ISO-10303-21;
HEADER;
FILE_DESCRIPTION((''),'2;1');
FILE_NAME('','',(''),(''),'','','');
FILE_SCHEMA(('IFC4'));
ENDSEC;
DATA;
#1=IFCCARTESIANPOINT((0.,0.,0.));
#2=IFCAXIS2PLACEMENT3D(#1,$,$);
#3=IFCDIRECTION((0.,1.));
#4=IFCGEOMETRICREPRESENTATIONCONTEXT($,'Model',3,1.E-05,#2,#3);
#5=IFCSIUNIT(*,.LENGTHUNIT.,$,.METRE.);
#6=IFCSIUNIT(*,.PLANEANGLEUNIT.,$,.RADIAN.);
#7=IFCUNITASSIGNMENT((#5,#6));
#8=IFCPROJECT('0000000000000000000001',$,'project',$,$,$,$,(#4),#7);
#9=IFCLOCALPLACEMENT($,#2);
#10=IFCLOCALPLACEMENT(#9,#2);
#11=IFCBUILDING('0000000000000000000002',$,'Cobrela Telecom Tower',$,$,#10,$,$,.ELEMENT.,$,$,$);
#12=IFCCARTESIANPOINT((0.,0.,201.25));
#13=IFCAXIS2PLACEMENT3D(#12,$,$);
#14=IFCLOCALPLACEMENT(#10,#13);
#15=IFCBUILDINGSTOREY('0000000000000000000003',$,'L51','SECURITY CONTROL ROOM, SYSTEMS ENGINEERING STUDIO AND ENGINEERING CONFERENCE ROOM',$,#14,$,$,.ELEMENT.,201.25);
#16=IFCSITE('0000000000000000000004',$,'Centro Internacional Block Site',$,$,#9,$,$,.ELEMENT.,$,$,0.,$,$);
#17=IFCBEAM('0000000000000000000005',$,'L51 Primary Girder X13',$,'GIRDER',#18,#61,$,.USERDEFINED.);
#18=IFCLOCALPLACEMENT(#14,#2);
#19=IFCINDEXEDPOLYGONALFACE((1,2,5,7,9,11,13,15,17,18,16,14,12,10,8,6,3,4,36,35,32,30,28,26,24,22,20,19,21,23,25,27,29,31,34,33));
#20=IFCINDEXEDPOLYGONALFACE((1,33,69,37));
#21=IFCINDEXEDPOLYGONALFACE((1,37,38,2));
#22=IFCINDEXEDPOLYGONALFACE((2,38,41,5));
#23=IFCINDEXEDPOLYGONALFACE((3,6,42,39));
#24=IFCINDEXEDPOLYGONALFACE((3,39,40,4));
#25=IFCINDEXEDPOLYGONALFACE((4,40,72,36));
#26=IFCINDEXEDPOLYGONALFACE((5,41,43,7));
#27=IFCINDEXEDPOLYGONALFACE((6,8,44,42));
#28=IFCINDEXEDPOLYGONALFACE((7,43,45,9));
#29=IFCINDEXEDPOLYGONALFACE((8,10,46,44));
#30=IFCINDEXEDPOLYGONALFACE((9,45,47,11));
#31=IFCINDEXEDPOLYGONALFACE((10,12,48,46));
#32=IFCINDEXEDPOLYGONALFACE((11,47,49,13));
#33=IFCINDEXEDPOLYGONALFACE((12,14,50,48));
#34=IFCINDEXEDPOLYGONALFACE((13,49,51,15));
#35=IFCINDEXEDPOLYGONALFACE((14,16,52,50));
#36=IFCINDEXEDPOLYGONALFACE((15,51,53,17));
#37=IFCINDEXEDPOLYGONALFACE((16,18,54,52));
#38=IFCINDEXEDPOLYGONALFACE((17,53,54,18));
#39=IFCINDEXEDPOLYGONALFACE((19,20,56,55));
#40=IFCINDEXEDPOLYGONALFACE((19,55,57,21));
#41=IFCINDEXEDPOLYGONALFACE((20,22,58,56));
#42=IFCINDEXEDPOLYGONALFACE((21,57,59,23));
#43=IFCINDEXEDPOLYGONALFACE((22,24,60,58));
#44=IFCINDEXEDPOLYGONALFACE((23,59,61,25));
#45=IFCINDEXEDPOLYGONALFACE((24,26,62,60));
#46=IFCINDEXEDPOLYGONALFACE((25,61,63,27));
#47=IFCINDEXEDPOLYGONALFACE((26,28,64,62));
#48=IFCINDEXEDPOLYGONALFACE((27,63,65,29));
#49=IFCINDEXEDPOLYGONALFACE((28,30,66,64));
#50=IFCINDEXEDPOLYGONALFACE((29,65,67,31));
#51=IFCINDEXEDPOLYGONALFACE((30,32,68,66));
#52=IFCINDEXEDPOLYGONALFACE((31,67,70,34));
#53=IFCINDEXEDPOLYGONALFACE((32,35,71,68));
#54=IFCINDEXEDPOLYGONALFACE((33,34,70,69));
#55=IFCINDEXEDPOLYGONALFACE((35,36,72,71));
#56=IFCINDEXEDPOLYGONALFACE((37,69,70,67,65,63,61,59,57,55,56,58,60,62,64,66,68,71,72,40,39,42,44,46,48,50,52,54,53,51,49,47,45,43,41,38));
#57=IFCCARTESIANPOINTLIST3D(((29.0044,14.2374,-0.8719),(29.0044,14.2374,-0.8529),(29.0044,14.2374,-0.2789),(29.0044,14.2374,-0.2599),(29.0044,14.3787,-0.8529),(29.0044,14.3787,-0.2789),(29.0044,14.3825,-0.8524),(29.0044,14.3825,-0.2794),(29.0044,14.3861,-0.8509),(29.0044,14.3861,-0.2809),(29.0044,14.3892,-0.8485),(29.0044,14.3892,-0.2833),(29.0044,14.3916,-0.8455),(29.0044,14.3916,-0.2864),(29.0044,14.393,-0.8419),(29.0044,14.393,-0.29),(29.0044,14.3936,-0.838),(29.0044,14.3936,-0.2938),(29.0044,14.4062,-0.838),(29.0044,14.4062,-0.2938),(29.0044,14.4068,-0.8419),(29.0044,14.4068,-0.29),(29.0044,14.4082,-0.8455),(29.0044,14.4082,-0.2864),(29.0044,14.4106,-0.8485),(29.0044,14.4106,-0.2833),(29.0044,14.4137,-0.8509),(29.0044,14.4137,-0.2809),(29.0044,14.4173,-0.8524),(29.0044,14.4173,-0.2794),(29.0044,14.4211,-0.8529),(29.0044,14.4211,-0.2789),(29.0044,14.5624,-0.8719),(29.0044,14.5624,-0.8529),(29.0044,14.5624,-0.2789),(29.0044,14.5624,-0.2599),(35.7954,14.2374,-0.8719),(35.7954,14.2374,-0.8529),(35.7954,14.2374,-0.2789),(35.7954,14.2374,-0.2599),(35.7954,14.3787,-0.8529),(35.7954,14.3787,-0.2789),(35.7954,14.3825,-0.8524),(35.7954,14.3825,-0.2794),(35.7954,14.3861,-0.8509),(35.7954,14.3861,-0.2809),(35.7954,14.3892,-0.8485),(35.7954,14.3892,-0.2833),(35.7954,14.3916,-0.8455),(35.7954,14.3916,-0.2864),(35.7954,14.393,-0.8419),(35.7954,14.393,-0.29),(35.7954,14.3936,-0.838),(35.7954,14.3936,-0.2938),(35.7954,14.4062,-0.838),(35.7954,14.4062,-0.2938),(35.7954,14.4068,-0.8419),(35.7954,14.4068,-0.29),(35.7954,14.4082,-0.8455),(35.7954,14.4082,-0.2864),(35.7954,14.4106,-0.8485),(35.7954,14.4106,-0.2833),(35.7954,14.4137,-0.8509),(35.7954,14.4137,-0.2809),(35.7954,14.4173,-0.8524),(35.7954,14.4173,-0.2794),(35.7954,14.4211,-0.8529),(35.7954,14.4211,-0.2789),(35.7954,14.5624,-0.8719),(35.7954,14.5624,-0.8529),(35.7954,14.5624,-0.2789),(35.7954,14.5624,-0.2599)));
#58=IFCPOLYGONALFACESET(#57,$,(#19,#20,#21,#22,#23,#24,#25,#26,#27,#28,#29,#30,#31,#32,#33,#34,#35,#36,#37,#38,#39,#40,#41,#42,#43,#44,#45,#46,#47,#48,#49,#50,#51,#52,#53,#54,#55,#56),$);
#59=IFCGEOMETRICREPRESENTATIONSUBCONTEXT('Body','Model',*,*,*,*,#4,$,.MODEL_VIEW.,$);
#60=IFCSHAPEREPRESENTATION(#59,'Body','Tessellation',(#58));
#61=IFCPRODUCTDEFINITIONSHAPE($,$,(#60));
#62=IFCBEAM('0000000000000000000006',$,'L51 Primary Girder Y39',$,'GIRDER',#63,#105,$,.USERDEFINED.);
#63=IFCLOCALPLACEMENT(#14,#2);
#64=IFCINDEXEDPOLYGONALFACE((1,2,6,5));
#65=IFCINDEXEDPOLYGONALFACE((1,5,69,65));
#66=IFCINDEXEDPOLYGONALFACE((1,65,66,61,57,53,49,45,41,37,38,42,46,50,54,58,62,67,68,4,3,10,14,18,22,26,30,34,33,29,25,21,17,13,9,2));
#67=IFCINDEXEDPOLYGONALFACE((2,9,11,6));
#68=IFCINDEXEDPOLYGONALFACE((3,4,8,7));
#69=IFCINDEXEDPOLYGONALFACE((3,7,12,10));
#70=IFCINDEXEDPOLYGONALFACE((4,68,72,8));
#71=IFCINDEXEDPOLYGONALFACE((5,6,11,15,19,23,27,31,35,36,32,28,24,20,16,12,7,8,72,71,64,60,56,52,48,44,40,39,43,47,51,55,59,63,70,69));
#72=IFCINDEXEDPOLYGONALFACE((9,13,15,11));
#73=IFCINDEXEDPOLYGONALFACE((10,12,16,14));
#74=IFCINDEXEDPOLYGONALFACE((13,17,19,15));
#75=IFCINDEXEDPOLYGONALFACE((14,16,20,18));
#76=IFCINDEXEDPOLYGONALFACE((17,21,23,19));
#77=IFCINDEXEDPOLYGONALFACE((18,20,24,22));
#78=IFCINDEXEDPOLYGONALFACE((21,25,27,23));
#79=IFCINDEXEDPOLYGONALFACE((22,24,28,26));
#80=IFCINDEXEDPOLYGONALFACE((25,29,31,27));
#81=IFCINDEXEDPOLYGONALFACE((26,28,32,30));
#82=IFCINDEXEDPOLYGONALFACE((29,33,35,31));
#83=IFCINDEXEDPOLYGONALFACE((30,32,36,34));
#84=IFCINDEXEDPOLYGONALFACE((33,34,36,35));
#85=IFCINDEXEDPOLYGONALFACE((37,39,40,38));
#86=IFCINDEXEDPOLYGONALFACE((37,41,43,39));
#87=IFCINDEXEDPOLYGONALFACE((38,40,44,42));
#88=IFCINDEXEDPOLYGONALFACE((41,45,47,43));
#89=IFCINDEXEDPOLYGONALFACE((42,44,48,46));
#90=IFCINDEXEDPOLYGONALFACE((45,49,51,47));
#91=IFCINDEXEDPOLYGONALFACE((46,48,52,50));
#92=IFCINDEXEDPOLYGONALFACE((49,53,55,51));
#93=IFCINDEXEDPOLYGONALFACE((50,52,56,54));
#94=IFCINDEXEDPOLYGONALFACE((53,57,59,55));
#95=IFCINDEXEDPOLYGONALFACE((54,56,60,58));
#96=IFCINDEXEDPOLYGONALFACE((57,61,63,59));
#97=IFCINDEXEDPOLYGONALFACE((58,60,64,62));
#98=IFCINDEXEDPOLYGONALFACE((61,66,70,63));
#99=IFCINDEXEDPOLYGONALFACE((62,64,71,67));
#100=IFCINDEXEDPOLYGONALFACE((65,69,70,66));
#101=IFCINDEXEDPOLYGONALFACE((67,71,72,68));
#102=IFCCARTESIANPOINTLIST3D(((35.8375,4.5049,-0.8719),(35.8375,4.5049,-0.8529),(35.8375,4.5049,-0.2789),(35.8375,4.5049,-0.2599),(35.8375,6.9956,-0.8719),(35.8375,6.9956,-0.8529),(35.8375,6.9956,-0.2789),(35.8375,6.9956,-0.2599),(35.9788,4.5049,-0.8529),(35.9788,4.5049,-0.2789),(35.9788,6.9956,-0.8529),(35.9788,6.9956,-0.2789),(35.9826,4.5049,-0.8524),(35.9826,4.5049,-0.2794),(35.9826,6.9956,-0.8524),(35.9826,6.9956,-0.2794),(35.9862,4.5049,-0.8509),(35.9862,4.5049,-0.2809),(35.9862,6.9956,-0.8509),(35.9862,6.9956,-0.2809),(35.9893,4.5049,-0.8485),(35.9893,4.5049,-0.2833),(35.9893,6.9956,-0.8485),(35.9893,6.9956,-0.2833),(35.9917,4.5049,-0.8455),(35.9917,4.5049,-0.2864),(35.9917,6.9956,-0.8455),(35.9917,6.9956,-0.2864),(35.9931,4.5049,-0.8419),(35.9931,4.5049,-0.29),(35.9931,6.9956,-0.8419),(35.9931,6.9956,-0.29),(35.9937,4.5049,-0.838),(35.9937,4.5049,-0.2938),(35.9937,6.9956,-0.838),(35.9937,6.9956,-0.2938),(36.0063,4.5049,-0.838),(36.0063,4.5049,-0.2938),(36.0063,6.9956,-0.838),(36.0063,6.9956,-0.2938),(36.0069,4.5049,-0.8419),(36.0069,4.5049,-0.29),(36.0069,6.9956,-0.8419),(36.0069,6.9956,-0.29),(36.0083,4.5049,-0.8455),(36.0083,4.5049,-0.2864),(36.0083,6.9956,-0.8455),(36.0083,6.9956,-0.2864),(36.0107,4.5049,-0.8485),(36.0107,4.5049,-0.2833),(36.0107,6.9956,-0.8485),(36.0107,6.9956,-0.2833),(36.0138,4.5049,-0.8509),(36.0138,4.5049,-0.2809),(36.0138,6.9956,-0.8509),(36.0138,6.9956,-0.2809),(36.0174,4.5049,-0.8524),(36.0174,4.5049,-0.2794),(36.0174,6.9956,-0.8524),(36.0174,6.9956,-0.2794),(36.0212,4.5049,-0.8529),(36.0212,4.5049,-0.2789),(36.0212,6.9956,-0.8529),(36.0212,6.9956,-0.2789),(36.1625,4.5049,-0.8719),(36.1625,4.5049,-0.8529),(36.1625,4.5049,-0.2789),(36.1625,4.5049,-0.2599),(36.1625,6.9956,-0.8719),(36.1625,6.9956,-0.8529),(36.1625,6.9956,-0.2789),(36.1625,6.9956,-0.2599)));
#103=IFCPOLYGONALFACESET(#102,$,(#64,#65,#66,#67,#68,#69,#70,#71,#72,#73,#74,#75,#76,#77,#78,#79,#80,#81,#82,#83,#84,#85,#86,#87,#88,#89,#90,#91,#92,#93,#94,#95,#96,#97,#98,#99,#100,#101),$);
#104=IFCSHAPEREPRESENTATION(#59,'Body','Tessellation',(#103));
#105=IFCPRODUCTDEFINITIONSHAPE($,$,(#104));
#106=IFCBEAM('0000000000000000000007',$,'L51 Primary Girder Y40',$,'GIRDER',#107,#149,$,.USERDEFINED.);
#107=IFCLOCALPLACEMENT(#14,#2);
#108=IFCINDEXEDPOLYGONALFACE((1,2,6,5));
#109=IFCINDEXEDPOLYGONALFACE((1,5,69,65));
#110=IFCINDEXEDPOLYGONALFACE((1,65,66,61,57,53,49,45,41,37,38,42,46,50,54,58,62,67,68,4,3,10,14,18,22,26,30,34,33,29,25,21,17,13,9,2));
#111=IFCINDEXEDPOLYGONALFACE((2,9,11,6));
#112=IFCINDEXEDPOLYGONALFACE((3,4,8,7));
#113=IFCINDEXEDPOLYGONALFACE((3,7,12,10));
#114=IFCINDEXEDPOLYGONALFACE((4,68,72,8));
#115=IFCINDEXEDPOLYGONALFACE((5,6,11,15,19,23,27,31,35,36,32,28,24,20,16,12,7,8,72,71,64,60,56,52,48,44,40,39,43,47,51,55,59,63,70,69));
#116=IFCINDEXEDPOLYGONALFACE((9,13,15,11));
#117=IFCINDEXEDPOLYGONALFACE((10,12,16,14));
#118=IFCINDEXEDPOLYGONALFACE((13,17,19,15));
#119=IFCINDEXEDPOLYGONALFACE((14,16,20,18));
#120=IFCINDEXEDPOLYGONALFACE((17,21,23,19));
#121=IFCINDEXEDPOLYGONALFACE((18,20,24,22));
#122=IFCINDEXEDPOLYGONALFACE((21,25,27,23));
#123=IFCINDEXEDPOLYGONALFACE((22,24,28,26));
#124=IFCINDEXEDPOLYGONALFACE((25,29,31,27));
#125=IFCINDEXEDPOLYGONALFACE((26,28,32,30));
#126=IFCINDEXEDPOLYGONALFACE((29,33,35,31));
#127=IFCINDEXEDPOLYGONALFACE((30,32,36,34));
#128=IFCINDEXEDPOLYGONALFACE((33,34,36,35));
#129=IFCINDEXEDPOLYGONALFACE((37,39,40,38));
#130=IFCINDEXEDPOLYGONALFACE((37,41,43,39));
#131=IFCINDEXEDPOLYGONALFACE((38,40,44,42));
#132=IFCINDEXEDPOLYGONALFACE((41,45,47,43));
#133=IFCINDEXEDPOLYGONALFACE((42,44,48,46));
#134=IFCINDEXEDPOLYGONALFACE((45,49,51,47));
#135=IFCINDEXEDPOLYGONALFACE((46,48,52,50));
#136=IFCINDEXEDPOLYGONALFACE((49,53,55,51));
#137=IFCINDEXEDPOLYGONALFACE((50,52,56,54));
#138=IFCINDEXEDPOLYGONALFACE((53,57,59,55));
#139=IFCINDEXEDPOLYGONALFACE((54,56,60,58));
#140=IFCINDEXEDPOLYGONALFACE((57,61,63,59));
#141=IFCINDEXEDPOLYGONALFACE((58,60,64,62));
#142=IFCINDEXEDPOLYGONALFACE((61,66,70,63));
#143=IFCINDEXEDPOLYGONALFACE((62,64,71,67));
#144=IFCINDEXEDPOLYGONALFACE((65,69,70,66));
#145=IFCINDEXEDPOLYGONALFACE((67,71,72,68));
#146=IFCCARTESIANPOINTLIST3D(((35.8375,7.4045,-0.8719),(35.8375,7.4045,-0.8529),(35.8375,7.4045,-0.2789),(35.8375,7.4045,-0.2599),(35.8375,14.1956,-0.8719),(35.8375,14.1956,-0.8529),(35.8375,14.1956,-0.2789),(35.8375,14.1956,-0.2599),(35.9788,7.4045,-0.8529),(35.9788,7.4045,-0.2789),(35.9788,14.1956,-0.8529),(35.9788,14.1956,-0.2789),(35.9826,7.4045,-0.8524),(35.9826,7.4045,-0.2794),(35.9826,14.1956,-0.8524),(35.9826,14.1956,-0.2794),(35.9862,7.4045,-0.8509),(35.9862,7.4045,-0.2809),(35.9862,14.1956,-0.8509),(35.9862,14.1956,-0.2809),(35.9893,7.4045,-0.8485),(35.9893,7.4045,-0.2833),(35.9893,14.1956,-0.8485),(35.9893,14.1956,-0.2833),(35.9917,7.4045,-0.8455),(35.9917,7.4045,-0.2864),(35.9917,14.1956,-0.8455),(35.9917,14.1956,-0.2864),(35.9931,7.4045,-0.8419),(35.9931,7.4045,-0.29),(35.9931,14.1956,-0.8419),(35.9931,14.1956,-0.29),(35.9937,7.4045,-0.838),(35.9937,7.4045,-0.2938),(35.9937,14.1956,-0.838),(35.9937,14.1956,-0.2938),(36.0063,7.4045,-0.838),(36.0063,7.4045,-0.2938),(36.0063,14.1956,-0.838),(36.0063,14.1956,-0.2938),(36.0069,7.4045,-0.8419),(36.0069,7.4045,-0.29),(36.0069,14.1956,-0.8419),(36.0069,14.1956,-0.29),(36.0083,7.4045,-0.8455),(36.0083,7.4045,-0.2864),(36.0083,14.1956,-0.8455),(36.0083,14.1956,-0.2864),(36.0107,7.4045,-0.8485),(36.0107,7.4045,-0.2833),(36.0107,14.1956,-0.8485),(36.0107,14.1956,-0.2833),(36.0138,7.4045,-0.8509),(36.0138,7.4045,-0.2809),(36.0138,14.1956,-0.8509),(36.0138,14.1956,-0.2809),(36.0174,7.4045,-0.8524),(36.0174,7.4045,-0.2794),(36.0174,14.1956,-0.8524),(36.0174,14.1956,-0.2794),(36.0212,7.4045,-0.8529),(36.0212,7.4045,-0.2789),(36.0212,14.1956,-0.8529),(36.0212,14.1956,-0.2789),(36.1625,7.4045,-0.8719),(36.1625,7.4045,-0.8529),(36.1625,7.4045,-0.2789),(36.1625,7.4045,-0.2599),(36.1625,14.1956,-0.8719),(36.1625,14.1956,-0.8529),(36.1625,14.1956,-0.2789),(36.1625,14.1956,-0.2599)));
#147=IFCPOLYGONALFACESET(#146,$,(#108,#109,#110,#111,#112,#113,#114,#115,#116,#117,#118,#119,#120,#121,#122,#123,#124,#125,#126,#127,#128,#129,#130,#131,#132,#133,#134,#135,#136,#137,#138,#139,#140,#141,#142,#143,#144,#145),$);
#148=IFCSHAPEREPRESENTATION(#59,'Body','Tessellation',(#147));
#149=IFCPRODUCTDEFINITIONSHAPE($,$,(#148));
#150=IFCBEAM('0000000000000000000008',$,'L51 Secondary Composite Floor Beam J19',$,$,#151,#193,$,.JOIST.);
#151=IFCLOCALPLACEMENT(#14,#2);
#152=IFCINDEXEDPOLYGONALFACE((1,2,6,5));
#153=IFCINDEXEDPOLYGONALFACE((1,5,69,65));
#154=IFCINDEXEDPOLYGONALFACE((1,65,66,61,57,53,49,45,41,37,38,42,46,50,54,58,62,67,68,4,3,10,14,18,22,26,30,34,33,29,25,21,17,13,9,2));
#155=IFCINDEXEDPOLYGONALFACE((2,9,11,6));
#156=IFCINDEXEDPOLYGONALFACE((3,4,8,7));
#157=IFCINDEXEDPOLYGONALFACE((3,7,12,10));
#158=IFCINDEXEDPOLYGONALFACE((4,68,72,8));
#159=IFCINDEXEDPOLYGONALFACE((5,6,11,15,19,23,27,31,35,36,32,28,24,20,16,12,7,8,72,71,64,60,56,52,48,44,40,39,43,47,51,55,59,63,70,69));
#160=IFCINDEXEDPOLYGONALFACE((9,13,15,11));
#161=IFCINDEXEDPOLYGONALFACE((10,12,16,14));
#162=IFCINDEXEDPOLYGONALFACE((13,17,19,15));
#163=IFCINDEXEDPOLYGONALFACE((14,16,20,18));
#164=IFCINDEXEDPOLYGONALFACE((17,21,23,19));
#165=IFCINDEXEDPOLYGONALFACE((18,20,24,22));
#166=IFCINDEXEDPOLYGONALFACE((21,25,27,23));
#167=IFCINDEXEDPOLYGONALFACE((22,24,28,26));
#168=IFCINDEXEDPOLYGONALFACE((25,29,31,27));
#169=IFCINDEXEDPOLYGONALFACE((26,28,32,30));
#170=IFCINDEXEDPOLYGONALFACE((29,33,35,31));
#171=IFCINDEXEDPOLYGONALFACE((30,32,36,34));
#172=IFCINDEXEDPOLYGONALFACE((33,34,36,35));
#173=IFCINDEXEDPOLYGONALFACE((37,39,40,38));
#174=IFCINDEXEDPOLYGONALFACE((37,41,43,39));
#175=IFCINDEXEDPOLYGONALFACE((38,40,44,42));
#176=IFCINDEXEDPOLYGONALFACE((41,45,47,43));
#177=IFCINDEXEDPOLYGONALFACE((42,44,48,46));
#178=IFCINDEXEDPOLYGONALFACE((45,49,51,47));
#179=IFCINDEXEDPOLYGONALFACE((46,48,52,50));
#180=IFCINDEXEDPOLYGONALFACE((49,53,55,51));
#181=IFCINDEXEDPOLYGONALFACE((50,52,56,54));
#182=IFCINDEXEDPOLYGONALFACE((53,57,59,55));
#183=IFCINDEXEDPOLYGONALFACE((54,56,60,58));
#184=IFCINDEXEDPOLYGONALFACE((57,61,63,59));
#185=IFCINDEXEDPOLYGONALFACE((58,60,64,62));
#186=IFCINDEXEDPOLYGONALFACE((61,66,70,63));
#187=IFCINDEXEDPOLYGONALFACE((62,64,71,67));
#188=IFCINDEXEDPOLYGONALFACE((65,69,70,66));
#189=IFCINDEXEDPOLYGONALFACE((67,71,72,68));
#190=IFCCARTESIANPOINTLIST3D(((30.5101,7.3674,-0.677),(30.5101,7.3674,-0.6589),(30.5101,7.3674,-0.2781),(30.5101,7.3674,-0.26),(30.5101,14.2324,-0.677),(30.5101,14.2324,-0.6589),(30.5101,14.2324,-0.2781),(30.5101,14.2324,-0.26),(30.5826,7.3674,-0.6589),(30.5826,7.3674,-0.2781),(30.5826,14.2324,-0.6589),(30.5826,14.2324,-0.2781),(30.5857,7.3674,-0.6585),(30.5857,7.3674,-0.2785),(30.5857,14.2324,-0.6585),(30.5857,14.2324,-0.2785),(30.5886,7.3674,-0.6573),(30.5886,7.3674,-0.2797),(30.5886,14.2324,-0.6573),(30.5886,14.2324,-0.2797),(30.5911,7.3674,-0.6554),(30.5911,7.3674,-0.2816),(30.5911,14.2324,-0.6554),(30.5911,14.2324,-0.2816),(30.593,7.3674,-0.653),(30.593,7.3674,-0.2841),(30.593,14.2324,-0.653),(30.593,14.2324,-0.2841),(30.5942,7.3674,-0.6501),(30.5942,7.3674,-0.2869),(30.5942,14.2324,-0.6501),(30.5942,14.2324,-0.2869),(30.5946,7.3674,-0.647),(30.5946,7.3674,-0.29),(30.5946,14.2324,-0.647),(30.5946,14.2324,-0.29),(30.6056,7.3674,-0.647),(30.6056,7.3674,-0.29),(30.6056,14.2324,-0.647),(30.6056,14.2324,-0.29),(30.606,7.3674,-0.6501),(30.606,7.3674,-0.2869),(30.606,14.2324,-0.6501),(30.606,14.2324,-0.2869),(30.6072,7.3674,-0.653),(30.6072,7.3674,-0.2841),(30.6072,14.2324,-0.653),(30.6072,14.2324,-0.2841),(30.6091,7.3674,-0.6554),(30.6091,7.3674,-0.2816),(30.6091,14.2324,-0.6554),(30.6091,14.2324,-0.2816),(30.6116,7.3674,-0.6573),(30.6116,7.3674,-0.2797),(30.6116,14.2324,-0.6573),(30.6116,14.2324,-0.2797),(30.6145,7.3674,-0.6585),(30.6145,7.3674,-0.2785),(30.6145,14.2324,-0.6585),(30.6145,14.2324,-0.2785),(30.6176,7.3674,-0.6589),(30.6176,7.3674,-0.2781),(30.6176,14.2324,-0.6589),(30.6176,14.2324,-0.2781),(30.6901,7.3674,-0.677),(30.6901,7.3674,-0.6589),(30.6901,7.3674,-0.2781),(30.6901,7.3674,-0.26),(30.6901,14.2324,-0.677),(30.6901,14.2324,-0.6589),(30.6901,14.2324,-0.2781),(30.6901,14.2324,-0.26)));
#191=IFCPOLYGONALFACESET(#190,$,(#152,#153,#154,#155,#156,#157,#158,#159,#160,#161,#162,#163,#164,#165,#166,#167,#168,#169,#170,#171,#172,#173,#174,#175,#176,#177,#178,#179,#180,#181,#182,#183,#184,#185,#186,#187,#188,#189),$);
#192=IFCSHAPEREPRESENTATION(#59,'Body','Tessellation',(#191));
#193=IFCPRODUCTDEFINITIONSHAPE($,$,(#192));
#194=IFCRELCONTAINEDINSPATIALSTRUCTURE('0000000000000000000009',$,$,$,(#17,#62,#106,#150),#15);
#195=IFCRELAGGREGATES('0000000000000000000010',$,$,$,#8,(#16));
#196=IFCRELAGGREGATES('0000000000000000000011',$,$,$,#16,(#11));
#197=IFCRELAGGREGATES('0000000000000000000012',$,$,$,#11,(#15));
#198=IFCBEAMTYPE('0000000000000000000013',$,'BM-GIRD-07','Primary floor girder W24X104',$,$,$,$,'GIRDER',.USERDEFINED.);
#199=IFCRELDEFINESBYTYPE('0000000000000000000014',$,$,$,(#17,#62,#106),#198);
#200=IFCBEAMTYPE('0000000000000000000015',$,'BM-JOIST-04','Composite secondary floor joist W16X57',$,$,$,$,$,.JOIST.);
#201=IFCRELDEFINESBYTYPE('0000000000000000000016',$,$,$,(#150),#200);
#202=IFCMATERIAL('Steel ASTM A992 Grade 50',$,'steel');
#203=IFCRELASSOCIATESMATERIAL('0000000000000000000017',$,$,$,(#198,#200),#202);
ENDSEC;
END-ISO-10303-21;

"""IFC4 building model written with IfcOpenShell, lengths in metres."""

from ifc_helpers import new_model, si_unit, direction, frame, origin, origin_2d, place, context, subcontext, project, spatial, i_section, extrude, material, material_profile, profile_set, type_object, element, save


model = new_model("IFC4")

# Units and contexts
model_context = context("Model", 3, precision=1e-05, world=origin(), true_north=direction((0.0, 1.0)))
body_context = subcontext(model_context, "Body", "Model", "MODEL_VIEW")
ifc_project = project(units=[si_unit("LENGTHUNIT", "METRE"), si_unit("PLANEANGLEUNIT", "RADIAN")], contexts=[model_context])

# Site, building, storey
site_placement = place(None, origin())
site = spatial("IfcSite", under=ifc_project, at=site_placement, Name="Centro Internacional Block Site", CompositionType="ELEMENT", RefElevation=0.0)
building_placement = place(site_placement, origin())
building = spatial("IfcBuilding", under=site, at=building_placement, Name="Cobrela Telecom Tower", CompositionType="ELEMENT")
storey_placement = place(building_placement, frame((0.0, 0.0, 201.25)))
storey = spatial("IfcBuildingStorey", under=building, at=storey_placement, Name="L51", Description="SECURITY CONTROL ROOM, SYSTEMS ENGINEERING STUDIO AND ENGINEERING CONFERENCE ROOM", CompositionType="ELEMENT", Elevation=201.25)

# Shared definitions
ifc_material_1 = material(Name="Steel ASTM A992 Grade 50", Category="steel")

# Beams
ifc_material_profile_1 = material_profile(ifc_material_1, i_section(OverallWidth=0.325, OverallDepth=0.6121, WebThickness=0.0127, FlangeThickness=0.019, FilletRadius=0.0149, at=origin_2d()), Name="W24X104")
ifc_profile_set_1 = profile_set([ifc_material_profile_1], Name="Steel ASTM A992 Grade 50")
beam_type_1 = type_object("IfcBeamType", Name="BM-GIRD-07", Description="Primary floor girder W24X104", ElementType="GIRDER", PredefinedType="USERDEFINED", material=ifc_profile_set_1)
beam_1_placement = place(storey_placement, frame((29.0044, 14.3999, -0.5659), z_axis=(1.0, 0.0, 0.0), x_axis=(0.0, 1.0, 0.0)))
element("IfcBeam", 1, at=beam_1_placement, inside=storey, type_object=beam_type_1, Name="L51 Primary Girder X13", ObjectType="GIRDER", PredefinedType="USERDEFINED", context=body_context, shape_type="SweptSolid", body=[
    extrude(i_section(OverallWidth=0.325, OverallDepth=0.6121, WebThickness=0.0127, FlangeThickness=0.019, FilletRadius=0.0149, at=origin_2d()), origin(), (0.0, 0.0, 1.0), 6.791),
])
beam_2_placement = place(storey_placement, frame((36.0, 4.5049, -0.5659), z_axis=(0.0, 1.0, 0.0), x_axis=(-1.0, 0.0, 0.0)))
element("IfcBeam", 2, at=beam_2_placement, inside=storey, type_object=beam_type_1, Name="L51 Primary Girder Y39", ObjectType="GIRDER", PredefinedType="USERDEFINED", context=body_context, shape_type="SweptSolid", body=[
    extrude(i_section(OverallWidth=0.325, OverallDepth=0.6121, WebThickness=0.0127, FlangeThickness=0.019, FilletRadius=0.0149, at=origin_2d()), origin(), (0.0, 0.0, 1.0), 2.4907),
])
beam_3_placement = place(storey_placement, frame((36.0, 7.4045, -0.5659), z_axis=(0.0, 1.0, 0.0), x_axis=(-1.0, 0.0, 0.0)))
element("IfcBeam", 3, at=beam_3_placement, inside=storey, type_object=beam_type_1, Name="L51 Primary Girder Y40", ObjectType="GIRDER", PredefinedType="USERDEFINED", context=body_context, shape_type="SweptSolid", body=[
    extrude(i_section(OverallWidth=0.325, OverallDepth=0.6121, WebThickness=0.0127, FlangeThickness=0.019, FilletRadius=0.0149, at=origin_2d()), origin(), (0.0, 0.0, 1.0), 6.791),
])
ifc_material_profile_2 = material_profile(ifc_material_1, i_section(OverallWidth=0.1799, OverallDepth=0.417, WebThickness=0.011, FlangeThickness=0.0181, FilletRadius=0.012, at=origin_2d()), Name="W16X57")
ifc_profile_set_2 = profile_set([ifc_material_profile_2], Name="Steel ASTM A992 Grade 50")
beam_type_2 = type_object("IfcBeamType", Name="BM-JOIST-04", Description="Composite secondary floor joist W16X57", PredefinedType="JOIST", material=ifc_profile_set_2)
for number, where, z_axis, x_axis, name in (
    (4, (30.6001, 7.3674, -0.4685), (0.0, 1.0, 0.0), (-1.0, 0.0, 0.0), "L51 Secondary Composite Floor Beam J19"),
):
    element("IfcBeam", number, at=place(storey_placement, frame(where, z_axis=z_axis, x_axis=x_axis)), inside=storey, type_object=beam_type_2, Name=name, PredefinedType="JOIST", context=body_context, shape_type="SweptSolid", body=[
        extrude(i_section(OverallWidth=0.1799, OverallDepth=0.417, WebThickness=0.011, FlangeThickness=0.0181, FilletRadius=0.012, at=origin_2d()), origin(), (0.0, 0.0, 1.0), 6.865),
    ])

save(model, "model.ifc")
